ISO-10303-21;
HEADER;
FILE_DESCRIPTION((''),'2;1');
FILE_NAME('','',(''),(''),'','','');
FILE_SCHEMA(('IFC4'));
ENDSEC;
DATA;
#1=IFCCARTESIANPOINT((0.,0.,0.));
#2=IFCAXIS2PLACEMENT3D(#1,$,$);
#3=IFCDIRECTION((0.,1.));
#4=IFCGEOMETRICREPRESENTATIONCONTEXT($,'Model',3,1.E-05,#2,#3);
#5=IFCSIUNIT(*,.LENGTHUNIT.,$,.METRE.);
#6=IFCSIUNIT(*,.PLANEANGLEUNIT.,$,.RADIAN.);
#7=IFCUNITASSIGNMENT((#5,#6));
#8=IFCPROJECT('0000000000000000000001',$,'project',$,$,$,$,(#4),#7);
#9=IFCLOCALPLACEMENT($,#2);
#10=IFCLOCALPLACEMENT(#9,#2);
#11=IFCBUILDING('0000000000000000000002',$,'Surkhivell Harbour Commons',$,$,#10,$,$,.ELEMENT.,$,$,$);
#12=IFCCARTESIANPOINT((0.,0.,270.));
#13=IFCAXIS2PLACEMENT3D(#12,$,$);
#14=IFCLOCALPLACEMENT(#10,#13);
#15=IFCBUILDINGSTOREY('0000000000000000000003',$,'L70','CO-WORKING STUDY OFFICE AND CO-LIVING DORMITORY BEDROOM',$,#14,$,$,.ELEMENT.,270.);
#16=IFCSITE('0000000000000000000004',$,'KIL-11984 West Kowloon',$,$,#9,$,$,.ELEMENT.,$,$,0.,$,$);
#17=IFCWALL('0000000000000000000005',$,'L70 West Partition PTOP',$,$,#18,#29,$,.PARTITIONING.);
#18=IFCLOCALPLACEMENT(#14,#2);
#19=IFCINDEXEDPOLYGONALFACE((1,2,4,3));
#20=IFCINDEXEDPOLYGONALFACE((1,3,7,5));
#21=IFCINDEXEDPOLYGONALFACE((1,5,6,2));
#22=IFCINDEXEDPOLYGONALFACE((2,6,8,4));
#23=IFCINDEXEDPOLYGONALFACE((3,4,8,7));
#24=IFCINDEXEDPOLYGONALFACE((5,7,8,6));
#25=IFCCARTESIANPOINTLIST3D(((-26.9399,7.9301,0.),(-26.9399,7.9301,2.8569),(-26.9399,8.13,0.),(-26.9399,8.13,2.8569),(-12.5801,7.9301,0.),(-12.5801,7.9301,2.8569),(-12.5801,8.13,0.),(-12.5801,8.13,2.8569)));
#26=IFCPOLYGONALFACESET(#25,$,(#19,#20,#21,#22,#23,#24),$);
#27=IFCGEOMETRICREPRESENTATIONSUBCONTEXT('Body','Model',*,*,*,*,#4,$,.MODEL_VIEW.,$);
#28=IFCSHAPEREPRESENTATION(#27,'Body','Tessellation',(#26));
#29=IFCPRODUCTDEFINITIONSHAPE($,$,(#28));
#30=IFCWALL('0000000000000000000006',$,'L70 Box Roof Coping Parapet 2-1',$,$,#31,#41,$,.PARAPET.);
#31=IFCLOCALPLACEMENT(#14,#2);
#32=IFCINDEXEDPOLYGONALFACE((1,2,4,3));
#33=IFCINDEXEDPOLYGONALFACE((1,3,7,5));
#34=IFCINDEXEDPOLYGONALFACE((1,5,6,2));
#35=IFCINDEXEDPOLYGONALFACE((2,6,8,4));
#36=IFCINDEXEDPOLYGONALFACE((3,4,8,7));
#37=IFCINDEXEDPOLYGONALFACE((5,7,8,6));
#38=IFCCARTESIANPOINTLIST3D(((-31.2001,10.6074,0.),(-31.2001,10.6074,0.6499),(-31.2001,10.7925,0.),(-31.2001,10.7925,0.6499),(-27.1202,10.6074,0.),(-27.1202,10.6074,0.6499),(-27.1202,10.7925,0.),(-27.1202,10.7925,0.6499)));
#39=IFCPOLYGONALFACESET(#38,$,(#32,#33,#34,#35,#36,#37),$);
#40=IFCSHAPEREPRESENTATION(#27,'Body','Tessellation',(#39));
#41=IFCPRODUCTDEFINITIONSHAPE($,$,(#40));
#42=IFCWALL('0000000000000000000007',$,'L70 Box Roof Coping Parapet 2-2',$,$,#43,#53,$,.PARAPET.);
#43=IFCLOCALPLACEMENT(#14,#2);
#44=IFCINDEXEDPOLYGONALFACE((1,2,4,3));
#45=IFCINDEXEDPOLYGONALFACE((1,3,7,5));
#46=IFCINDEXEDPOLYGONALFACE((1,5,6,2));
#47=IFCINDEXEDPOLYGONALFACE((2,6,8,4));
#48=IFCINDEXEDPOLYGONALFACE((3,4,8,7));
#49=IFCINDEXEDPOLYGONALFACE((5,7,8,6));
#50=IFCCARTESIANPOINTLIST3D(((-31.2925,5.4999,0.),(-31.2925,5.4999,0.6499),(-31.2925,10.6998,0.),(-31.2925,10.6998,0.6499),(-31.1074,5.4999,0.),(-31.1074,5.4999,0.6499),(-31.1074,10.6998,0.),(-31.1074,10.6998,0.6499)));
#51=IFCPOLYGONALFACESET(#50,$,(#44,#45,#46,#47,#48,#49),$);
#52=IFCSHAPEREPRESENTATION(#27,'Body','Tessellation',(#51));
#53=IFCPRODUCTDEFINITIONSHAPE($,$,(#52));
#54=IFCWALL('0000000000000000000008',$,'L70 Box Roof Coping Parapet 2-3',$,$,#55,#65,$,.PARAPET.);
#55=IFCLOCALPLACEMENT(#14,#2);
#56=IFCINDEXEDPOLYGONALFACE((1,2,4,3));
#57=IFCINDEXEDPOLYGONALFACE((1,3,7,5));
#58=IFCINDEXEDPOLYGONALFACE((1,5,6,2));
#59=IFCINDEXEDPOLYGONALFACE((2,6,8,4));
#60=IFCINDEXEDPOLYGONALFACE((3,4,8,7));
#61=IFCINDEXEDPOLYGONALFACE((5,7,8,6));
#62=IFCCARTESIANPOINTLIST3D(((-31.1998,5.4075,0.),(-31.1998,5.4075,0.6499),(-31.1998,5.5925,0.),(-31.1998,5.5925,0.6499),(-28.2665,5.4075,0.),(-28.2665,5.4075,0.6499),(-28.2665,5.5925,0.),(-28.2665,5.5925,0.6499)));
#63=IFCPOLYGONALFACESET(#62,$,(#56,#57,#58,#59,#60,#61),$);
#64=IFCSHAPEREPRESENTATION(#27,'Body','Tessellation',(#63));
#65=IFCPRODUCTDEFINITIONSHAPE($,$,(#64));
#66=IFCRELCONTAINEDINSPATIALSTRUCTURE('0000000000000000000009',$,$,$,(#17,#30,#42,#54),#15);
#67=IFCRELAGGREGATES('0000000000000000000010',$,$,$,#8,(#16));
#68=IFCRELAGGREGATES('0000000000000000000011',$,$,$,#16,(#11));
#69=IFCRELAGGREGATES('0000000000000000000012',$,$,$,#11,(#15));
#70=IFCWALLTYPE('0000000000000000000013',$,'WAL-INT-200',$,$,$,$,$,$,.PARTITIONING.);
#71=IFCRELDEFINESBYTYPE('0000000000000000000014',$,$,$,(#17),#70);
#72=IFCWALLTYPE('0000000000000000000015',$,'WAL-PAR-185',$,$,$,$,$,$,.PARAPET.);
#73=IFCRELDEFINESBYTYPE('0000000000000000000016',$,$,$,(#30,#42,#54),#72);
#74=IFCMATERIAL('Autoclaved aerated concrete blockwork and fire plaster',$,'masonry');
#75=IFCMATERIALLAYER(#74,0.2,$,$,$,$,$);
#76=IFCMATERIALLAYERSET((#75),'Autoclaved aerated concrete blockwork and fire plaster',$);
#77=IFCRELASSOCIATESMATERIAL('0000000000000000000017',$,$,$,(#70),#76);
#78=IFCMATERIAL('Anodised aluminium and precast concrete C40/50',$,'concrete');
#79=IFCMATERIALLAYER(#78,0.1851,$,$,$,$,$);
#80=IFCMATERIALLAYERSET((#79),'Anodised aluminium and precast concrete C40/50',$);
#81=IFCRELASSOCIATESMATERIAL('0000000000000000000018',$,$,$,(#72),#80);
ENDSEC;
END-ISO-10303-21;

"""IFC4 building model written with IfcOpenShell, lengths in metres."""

from ifc_helpers import new_model, si_unit, direction, frame, frame_2d, origin, place, context, subcontext, project, spatial, rectangle, extrude, material, layer, layer_set, type_object, element, save


model = new_model("IFC4")

# Units and contexts
model_context = context("Model", 3, precision=1e-05, world=origin(), true_north=direction((0.0, 1.0)))
body_context = subcontext(model_context, "Body", "Model", "MODEL_VIEW")
ifc_project = project(units=[si_unit("LENGTHUNIT", "METRE"), si_unit("PLANEANGLEUNIT", "RADIAN")], contexts=[model_context])

# Site, building, storey
site_placement = place(None, origin())
site = spatial("IfcSite", under=ifc_project, at=site_placement, Name="KIL-11984 West Kowloon", CompositionType="ELEMENT", RefElevation=0.0)
building_placement = place(site_placement, origin())
building = spatial("IfcBuilding", under=site, at=building_placement, Name="Surkhivell Harbour Commons", CompositionType="ELEMENT")
storey_placement = place(building_placement, frame((0.0, 0.0, 270.0)))
storey = spatial("IfcBuildingStorey", under=building, at=storey_placement, Name="L70", Description="CO-WORKING STUDY OFFICE AND CO-LIVING DORMITORY BEDROOM", CompositionType="ELEMENT", Elevation=270.0)

# Walls
ifc_material_1 = material(Name="Autoclaved aerated concrete blockwork and fire plaster", Category="masonry")
ifc_layer_1 = layer(ifc_material_1, 0.2)
ifc_layer_set_1 = layer_set([ifc_layer_1], Name="Autoclaved aerated concrete blockwork and fire plaster")
wall_type_1 = type_object("IfcWallType", Name="WAL-INT-200", PredefinedType="PARTITIONING", material=ifc_layer_set_1)
wall_1_placement = place(storey_placement, frame((-26.9399, 8.03, 0.0), z_axis=(0.0, 0.0, 1.0), x_axis=(1.0, 0.0, 0.0)))
element("IfcWall", 1, at=wall_1_placement, inside=storey, type_object=wall_type_1, Name="L70 West Partition PTOP", PredefinedType="PARTITIONING", context=body_context, shape_type="SweptSolid", body=[
    extrude(rectangle(XDim=14.3599, YDim=0.2, at=frame_2d((7.1799, 0.0))), origin(), (0.0, 0.0, 1.0), 2.8569),
])
ifc_material_2 = material(Name="Anodised aluminium and precast concrete C40/50", Category="concrete")
ifc_layer_2 = layer(ifc_material_2, 0.1851)
ifc_layer_set_2 = layer_set([ifc_layer_2], Name="Anodised aluminium and precast concrete C40/50")
wall_type_2 = type_object("IfcWallType", Name="WAL-PAR-185", PredefinedType="PARAPET", material=ifc_layer_set_2)
wall_2_placement = place(storey_placement, frame((-27.1201, 10.7, 0.0), z_axis=(0.0, 0.0, 1.0), x_axis=(-1.0, 0.0, 0.0)))
element("IfcWall", 2, at=wall_2_placement, inside=storey, type_object=wall_type_2, Name="L70 Box Roof Coping Parapet 2-1", PredefinedType="PARAPET", context=body_context, shape_type="SweptSolid", body=[
    extrude(rectangle(XDim=4.0798, YDim=0.1851, at=frame_2d((2.04, 0.0))), origin(), (0.0, 0.0, 1.0), 0.6499),
])
wall_3_placement = place(storey_placement, frame((-31.2, 10.7, 0.0), z_axis=(0.0, 0.0, 1.0), x_axis=(0.0, -1.0, 0.0)))
element("IfcWall", 3, at=wall_3_placement, inside=storey, type_object=wall_type_2, Name="L70 Box Roof Coping Parapet 2-2", PredefinedType="PARAPET", context=body_context, shape_type="SweptSolid", body=[
    extrude(rectangle(XDim=5.2, YDim=0.1851, at=frame_2d((2.6001, 0.0))), origin(), (0.0, 0.0, 1.0), 0.6499),
])
wall_4_placement = place(storey_placement, frame((-31.2, 5.5, 0.0), z_axis=(0.0, 0.0, 1.0), x_axis=(1.0, 0.0, 0.0)))
element("IfcWall", 4, at=wall_4_placement, inside=storey, type_object=wall_type_2, Name="L70 Box Roof Coping Parapet 2-3", PredefinedType="PARAPET", context=body_context, shape_type="SweptSolid", body=[
    extrude(rectangle(XDim=2.9333, YDim=0.1851, at=frame_2d((1.4668, 0.0))), origin(), (0.0, 0.0, 1.0), 0.6499),
])

save(model, "model.ifc")
